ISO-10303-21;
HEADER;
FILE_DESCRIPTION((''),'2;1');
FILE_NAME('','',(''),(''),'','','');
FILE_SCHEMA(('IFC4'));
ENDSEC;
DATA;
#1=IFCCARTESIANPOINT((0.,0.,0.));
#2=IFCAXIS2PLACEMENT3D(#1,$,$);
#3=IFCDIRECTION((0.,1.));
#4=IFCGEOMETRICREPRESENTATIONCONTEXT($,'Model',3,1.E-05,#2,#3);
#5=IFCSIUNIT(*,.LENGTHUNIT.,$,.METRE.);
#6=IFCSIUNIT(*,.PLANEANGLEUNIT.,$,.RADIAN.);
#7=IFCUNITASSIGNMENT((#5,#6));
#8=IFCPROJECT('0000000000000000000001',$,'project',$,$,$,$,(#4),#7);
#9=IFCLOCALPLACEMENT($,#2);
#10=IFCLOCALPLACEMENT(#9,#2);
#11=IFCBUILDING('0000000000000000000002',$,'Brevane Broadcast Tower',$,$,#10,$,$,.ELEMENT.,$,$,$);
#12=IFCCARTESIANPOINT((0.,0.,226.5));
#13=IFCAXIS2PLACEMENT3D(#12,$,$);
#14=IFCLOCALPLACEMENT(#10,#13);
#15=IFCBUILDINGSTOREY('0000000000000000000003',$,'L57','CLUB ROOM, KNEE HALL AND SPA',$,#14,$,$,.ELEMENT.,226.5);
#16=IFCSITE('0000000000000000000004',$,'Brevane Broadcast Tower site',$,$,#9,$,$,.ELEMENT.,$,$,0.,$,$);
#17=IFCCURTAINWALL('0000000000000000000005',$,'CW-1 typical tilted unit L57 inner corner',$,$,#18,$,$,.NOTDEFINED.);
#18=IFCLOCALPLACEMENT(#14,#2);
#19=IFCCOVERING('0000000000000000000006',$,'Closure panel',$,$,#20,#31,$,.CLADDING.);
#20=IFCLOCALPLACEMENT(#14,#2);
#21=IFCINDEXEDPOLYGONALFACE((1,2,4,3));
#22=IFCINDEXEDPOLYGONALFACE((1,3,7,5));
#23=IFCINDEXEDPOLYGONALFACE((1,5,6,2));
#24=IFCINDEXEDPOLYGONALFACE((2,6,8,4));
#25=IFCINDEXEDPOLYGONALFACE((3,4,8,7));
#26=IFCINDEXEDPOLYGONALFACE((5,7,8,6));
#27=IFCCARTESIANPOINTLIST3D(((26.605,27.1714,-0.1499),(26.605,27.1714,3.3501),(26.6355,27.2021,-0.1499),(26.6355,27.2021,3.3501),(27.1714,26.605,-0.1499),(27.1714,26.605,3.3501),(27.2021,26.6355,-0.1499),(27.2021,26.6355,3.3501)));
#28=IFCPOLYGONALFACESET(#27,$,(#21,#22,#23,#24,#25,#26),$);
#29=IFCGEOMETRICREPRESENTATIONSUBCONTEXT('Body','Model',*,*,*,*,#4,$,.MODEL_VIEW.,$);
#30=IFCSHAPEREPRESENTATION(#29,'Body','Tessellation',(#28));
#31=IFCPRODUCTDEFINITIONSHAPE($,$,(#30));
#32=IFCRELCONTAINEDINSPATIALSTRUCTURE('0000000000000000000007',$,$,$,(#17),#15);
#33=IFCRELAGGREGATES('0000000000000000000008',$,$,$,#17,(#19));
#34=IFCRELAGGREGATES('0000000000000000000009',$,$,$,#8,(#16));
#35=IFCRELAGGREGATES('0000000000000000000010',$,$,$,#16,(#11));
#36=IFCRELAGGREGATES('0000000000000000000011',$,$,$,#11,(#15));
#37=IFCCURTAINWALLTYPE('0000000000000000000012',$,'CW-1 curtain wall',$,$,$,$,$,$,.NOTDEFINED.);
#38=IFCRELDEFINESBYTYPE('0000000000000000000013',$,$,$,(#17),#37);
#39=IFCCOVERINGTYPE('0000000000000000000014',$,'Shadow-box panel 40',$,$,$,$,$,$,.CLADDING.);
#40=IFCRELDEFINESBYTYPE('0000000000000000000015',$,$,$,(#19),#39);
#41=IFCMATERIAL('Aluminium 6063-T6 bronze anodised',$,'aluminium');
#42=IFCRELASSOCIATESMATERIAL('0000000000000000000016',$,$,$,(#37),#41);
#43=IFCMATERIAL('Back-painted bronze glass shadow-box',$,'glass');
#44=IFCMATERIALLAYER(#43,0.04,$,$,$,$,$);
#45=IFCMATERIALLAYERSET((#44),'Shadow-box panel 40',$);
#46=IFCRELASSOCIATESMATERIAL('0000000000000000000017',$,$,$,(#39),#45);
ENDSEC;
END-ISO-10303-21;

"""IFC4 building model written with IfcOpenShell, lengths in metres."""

from ifc_helpers import new_model, si_unit, direction, frame, origin, place, context, subcontext, project, spatial, polyline, outline, extrude, material, layer, layer_set, type_object, element, aggregate, save


model = new_model("IFC4")

# Units and contexts
model_context = context("Model", 3, precision=1e-05, world=origin(), true_north=direction((0.0, 1.0)))
body_context = subcontext(model_context, "Body", "Model", "MODEL_VIEW")
ifc_project = project(units=[si_unit("LENGTHUNIT", "METRE"), si_unit("PLANEANGLEUNIT", "RADIAN")], contexts=[model_context])

# Site, building, storey
site_placement = place(None, origin())
site = spatial("IfcSite", under=ifc_project, at=site_placement, Name="Brevane Broadcast Tower site", CompositionType="ELEMENT", RefElevation=0.0)
building_placement = place(site_placement, origin())
building = spatial("IfcBuilding", under=site, at=building_placement, Name="Brevane Broadcast Tower", CompositionType="ELEMENT")
storey_placement = place(building_placement, frame((0.0, 0.0, 226.5)))
storey = spatial("IfcBuildingStorey", under=building, at=storey_placement, Name="L57", Description="CLUB ROOM, KNEE HALL AND SPA", CompositionType="ELEMENT", Elevation=226.5)

# Shared definitions
ifc_material_1 = material(Name="Aluminium 6063-T6 bronze anodised", Category="aluminium")
curtain_wall_type = type_object("IfcCurtainWallType", Name="CW-1 curtain wall", PredefinedType="NOTDEFINED", material=ifc_material_1)

# Curtain wall, covering
curtain_wall_1_placement = place(storey_placement, origin())
curtain_wall_1 = element("IfcCurtainWall", 1, at=curtain_wall_1_placement, inside=storey, type_object=curtain_wall_type, Name="CW-1 typical tilted unit L57 inner corner", PredefinedType="NOTDEFINED")
ifc_material_2 = material(Name="Back-painted bronze glass shadow-box", Category="glass")
ifc_layer_1 = layer(ifc_material_2, 0.04)
ifc_layer_set_1 = layer_set([ifc_layer_1], Name="Shadow-box panel 40")
covering_type = type_object("IfcCoveringType", Name="Shadow-box panel 40", PredefinedType="CLADDING", material=ifc_layer_set_1)
covering_placement = place(storey_placement, frame((0.0, 0.0, -0.1499)))
covering = element("IfcCovering", 2, at=covering_placement, type_object=covering_type, Name="Closure panel", PredefinedType="CLADDING", context=body_context, shape_type="SweptSolid", body=[
    extrude(outline(polyline([(27.1714, 26.605), (27.2021, 26.6355), (26.6355, 27.2021), (26.605, 27.1714), (27.1714, 26.605)])), origin(), (0.0, 0.0, 1.0), 3.5),
])
aggregate(curtain_wall_1, [covering])

save(model, "model.ifc")
